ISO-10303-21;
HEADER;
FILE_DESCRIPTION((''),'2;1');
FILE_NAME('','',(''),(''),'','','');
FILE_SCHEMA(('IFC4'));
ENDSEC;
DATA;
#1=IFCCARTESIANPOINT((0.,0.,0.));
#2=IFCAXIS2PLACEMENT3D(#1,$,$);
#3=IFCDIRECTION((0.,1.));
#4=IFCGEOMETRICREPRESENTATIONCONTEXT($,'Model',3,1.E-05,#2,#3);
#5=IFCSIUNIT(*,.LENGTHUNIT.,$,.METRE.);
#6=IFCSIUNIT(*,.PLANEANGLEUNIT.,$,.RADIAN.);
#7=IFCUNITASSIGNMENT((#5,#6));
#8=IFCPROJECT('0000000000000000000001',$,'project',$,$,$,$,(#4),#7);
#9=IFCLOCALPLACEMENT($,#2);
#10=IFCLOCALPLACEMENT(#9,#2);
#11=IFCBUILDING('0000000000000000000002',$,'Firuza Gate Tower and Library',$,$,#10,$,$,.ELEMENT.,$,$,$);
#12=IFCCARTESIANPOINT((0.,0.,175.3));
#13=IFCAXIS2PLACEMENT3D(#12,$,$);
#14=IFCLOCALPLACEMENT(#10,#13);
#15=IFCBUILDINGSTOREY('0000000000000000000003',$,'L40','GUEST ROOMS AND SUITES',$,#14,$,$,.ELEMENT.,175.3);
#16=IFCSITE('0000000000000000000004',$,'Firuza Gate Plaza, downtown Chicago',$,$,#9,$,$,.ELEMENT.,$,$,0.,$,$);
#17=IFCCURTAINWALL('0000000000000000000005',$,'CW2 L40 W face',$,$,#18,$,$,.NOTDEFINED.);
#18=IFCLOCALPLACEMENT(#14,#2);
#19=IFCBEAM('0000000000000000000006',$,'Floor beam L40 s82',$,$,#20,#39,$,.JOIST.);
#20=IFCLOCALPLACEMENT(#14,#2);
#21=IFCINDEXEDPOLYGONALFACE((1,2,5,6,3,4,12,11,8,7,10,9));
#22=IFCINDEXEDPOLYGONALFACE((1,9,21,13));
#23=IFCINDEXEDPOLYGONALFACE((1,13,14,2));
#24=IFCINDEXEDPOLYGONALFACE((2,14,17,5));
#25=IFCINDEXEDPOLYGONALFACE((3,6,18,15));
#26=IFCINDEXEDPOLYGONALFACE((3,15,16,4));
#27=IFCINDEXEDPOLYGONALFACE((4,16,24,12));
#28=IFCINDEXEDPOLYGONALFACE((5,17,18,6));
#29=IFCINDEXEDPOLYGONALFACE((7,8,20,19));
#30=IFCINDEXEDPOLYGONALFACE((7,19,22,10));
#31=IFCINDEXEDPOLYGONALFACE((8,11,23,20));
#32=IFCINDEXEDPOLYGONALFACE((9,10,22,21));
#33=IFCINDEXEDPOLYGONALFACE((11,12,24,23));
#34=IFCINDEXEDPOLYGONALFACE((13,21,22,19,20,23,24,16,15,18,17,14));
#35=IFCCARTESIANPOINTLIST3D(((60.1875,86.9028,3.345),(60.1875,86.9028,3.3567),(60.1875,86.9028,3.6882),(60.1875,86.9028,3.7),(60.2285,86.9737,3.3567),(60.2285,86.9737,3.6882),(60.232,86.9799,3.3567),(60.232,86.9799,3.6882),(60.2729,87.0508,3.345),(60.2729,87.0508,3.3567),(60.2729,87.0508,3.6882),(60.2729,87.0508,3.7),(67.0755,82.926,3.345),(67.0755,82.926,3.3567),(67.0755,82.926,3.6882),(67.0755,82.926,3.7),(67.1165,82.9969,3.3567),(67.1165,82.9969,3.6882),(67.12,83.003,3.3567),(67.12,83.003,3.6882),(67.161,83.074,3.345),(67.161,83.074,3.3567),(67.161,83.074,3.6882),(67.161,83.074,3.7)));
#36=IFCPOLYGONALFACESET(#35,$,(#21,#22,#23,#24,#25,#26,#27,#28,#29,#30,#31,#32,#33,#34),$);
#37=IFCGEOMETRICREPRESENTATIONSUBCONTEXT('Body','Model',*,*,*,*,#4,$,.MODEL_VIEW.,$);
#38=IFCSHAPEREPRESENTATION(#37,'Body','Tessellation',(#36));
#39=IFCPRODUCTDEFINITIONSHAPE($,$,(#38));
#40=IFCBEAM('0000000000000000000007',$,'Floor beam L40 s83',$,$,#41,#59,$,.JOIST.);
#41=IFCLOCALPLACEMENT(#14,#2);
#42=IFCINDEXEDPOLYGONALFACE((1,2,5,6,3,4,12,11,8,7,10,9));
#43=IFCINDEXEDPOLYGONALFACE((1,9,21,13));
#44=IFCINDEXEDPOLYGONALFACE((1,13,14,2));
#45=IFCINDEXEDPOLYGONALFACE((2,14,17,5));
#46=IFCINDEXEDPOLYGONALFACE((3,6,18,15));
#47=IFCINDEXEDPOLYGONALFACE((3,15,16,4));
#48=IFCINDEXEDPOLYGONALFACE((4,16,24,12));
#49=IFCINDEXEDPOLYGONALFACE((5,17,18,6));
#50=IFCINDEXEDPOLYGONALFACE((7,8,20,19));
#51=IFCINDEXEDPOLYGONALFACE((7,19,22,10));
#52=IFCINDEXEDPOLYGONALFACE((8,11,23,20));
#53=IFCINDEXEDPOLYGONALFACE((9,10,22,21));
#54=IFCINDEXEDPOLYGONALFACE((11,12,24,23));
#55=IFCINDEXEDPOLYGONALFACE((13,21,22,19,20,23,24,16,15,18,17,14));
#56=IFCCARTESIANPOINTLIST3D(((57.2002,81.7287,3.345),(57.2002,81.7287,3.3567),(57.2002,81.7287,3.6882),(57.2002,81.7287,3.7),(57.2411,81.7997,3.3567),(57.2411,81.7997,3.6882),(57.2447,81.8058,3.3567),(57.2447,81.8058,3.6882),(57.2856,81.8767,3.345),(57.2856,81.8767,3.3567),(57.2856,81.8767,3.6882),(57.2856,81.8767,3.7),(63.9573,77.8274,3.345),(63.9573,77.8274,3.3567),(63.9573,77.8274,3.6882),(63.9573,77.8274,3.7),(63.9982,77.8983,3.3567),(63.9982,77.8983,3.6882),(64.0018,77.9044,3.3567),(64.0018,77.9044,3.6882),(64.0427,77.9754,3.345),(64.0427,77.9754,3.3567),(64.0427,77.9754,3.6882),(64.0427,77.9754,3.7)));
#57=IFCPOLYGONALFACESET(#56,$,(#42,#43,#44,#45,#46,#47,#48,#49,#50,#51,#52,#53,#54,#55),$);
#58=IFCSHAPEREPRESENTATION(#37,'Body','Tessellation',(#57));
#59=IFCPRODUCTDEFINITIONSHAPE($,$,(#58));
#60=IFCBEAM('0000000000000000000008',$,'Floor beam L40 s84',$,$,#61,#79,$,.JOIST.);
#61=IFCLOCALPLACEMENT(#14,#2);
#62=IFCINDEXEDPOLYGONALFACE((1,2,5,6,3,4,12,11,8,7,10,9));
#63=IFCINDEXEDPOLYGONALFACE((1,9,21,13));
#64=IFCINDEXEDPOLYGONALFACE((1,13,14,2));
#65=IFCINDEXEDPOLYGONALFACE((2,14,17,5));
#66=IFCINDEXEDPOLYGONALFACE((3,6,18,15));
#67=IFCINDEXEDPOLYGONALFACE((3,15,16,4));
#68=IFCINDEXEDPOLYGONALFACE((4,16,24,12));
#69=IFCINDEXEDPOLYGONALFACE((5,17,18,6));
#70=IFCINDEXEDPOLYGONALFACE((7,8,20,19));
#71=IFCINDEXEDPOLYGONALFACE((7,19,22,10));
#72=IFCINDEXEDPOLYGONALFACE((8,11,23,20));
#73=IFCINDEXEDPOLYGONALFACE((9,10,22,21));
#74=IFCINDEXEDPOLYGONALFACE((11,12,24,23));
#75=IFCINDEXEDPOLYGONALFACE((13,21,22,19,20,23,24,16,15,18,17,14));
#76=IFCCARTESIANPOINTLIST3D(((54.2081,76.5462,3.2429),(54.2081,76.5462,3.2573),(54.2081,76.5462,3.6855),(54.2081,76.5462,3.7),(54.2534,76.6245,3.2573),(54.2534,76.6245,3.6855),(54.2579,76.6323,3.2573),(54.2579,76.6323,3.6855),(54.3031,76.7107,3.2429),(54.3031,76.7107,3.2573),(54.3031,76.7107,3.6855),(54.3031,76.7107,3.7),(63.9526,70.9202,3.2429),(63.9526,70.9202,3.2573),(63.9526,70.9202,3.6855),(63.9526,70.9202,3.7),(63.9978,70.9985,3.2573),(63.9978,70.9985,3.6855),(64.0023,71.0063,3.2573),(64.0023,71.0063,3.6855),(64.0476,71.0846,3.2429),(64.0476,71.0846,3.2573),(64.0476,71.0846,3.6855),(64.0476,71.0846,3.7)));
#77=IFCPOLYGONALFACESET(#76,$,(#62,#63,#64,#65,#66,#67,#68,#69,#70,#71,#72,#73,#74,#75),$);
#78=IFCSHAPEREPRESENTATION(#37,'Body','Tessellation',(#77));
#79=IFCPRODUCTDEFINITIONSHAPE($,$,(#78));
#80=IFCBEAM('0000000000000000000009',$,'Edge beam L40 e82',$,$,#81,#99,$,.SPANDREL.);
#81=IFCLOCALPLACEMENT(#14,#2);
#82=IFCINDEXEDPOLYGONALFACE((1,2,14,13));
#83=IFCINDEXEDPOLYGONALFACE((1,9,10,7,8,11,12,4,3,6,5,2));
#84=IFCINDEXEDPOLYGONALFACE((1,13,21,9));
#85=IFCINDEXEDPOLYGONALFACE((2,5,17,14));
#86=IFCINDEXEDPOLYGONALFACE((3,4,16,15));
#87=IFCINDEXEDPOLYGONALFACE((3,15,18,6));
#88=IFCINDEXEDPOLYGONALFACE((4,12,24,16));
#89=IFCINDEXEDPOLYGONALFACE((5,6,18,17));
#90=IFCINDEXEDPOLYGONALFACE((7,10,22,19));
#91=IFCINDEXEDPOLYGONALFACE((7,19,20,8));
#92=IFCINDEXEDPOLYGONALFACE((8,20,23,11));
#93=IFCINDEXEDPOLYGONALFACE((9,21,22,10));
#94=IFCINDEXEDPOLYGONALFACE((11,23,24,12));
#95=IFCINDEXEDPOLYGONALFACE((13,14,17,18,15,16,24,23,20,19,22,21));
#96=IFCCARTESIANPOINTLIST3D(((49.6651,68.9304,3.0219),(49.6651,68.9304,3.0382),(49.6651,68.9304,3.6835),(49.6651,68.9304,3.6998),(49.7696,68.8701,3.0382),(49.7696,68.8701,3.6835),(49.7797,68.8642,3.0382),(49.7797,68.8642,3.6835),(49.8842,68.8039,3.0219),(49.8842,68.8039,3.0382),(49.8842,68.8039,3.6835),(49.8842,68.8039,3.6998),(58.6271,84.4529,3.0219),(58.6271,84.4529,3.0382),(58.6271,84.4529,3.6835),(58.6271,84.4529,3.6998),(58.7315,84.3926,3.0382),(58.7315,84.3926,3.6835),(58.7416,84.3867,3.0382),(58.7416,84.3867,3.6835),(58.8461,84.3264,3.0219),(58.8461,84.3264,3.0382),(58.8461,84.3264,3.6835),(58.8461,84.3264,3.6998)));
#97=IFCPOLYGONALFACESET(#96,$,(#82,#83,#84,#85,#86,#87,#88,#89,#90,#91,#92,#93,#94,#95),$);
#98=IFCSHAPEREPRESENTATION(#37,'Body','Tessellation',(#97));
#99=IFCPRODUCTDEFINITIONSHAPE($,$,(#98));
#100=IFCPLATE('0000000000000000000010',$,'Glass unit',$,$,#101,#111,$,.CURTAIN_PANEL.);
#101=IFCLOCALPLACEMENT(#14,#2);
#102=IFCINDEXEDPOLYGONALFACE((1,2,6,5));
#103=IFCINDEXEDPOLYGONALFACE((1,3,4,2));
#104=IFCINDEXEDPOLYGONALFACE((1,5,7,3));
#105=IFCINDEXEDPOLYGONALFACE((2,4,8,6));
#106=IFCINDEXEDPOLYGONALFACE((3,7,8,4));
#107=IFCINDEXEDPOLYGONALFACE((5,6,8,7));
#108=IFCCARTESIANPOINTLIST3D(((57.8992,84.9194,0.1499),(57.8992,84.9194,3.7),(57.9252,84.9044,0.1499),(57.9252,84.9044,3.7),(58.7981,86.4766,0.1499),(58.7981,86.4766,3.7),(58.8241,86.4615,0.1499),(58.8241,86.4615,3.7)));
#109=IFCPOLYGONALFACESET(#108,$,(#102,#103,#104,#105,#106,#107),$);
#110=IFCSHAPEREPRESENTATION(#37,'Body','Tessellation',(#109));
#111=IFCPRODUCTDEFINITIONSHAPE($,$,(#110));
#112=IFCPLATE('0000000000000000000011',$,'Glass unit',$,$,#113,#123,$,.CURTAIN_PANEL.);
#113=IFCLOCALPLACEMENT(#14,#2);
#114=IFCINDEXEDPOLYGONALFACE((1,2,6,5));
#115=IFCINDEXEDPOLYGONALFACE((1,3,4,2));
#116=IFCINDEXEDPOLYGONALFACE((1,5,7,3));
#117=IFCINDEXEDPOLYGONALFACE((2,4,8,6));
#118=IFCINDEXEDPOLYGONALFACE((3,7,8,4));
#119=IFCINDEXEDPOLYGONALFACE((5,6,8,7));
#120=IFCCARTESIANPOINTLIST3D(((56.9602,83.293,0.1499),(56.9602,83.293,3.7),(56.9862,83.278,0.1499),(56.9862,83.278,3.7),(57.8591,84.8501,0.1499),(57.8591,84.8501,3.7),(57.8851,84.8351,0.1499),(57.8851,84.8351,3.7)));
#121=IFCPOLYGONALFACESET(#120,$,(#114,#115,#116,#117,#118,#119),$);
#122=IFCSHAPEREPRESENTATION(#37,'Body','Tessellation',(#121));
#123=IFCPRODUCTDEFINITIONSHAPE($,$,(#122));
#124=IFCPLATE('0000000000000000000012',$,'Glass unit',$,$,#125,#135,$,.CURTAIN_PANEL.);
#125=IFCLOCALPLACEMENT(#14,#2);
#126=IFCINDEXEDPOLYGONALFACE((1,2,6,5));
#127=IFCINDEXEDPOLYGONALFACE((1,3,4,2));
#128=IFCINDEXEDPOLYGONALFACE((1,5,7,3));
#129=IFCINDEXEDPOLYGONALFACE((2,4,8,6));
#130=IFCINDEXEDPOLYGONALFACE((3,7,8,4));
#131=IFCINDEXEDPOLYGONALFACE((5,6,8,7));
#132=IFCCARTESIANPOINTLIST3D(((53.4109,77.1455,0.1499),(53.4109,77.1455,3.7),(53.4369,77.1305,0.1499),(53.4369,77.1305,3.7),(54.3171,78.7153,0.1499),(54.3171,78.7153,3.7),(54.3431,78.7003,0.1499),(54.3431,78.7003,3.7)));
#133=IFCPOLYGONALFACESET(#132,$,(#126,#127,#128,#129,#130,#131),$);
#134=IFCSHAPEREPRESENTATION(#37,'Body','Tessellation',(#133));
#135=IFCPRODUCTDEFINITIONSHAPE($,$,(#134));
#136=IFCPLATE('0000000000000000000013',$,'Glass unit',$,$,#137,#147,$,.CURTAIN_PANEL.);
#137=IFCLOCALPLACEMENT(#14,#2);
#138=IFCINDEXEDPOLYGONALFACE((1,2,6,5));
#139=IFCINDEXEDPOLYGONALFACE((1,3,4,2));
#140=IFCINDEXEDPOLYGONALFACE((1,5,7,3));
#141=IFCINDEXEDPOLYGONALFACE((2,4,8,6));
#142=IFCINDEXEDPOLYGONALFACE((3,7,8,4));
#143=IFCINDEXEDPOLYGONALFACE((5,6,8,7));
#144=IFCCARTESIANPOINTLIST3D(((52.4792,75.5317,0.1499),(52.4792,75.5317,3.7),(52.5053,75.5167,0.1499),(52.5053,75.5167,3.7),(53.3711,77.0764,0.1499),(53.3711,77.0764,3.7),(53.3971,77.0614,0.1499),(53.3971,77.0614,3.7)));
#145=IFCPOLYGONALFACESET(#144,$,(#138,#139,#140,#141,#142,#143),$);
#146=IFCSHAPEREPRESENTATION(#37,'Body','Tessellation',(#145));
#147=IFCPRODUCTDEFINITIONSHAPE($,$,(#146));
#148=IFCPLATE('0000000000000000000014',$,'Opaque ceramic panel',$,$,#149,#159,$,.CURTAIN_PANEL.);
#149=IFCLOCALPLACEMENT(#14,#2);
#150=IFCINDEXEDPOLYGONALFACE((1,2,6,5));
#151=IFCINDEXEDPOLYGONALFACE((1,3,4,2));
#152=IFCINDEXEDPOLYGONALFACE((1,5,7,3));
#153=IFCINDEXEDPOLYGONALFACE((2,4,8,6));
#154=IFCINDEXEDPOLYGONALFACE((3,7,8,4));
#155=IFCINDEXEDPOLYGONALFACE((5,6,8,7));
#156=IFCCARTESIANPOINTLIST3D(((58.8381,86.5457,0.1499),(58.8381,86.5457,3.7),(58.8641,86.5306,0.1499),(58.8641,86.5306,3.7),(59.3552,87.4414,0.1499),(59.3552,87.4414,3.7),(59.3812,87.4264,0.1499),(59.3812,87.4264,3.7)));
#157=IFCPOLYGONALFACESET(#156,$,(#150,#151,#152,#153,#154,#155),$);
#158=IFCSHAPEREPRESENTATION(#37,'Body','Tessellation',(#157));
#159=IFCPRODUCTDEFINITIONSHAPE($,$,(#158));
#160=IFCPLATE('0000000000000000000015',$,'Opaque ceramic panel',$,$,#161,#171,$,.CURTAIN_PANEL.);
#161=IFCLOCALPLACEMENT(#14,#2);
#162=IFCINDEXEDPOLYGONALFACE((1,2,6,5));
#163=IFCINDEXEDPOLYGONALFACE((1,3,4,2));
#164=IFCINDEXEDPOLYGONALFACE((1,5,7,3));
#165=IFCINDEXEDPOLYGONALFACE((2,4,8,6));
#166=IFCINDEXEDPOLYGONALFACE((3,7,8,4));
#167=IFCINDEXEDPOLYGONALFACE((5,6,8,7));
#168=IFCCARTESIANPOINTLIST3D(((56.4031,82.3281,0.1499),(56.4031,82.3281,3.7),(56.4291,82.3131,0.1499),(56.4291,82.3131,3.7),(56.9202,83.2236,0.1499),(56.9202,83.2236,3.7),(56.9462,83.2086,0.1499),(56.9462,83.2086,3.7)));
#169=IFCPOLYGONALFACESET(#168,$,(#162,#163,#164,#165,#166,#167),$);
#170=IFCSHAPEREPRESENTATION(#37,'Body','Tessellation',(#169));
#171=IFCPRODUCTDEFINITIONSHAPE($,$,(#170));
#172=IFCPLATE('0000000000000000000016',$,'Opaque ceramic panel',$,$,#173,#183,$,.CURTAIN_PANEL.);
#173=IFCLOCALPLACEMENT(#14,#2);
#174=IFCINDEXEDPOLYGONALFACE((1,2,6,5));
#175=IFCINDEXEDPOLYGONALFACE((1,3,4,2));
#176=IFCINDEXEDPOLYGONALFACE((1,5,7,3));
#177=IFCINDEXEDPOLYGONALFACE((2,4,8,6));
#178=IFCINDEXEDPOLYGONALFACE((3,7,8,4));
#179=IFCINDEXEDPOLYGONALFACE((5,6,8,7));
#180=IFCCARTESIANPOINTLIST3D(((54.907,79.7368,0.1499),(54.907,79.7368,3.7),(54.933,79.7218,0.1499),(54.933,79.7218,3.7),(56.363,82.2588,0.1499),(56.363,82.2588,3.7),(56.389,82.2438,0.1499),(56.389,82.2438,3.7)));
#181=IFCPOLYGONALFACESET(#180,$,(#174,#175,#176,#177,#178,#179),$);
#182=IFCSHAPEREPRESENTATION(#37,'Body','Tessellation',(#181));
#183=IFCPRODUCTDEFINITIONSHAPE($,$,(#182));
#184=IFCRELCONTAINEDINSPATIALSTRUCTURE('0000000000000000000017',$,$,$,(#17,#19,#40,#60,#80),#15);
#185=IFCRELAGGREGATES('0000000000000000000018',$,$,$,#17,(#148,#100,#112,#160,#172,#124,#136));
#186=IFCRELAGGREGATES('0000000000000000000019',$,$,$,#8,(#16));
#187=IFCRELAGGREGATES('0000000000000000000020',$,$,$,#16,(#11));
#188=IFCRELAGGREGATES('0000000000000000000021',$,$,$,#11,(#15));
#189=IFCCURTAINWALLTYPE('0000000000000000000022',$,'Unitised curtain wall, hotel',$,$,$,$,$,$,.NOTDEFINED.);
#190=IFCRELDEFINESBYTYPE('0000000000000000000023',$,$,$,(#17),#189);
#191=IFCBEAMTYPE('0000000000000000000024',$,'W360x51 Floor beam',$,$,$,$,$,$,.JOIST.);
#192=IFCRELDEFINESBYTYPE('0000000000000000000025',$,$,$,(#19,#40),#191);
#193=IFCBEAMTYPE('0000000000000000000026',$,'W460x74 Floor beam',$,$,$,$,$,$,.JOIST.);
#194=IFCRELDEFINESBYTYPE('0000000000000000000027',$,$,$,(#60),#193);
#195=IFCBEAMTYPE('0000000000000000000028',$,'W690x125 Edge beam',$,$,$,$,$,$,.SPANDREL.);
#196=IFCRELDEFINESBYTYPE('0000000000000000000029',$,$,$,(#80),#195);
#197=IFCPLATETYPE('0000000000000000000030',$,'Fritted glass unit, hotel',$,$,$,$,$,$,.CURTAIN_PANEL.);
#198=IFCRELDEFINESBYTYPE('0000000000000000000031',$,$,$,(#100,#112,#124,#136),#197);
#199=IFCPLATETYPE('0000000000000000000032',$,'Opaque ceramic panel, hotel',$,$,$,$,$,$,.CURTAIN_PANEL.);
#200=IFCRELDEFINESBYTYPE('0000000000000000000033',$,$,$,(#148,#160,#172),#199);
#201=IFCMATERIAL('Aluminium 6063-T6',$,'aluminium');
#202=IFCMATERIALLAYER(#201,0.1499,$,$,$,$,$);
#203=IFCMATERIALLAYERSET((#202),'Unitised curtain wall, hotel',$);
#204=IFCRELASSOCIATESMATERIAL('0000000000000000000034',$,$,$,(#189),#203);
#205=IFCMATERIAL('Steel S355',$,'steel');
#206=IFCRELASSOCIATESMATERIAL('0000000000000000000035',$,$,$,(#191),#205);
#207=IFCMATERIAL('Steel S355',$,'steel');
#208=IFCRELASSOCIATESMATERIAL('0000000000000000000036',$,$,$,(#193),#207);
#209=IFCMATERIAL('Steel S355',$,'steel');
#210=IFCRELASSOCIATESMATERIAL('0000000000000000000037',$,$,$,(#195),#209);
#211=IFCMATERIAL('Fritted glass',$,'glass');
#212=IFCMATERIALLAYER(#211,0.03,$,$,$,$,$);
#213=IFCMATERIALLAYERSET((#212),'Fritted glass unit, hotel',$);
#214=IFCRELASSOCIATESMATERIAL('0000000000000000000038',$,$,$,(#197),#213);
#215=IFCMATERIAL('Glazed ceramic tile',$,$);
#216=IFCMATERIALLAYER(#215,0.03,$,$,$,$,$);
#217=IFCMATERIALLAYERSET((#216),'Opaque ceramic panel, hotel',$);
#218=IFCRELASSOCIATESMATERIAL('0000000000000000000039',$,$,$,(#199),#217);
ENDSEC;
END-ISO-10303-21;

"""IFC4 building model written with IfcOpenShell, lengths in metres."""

from ifc_helpers import new_model, si_unit, direction, frame, origin, origin_2d, place, context, subcontext, project, spatial, polyline, i_section, outline, extrude, material, layer, layer_set, material_profile, profile_set, type_object, element, aggregate, save


model = new_model("IFC4")

# Units and contexts
model_context = context("Model", 3, precision=1e-05, world=origin(), true_north=direction((0.0, 1.0)))
body_context = subcontext(model_context, "Body", "Model", "MODEL_VIEW")
ifc_project = project(units=[si_unit("LENGTHUNIT", "METRE"), si_unit("PLANEANGLEUNIT", "RADIAN")], contexts=[model_context])

# Site, building, storey
site_placement = place(None, origin())
site = spatial("IfcSite", under=ifc_project, at=site_placement, Name="Firuza Gate Plaza, downtown Chicago", CompositionType="ELEMENT", RefElevation=0.0)
building_placement = place(site_placement, origin())
building = spatial("IfcBuilding", under=site, at=building_placement, Name="Firuza Gate Tower and Library", CompositionType="ELEMENT")
storey_placement = place(building_placement, frame((0.0, 0.0, 175.3)))
storey = spatial("IfcBuildingStorey", under=building, at=storey_placement, Name="L40", Description="GUEST ROOMS AND SUITES", CompositionType="ELEMENT", Elevation=175.3)

# Curtain wall
ifc_material_1 = material(Name="Aluminium 6063-T6", Category="aluminium")
ifc_layer_1 = layer(ifc_material_1, 0.1499)
ifc_layer_set_1 = layer_set([ifc_layer_1], Name="Unitised curtain wall, hotel")
curtain_wall_type = type_object("IfcCurtainWallType", Name="Unitised curtain wall, hotel", PredefinedType="NOTDEFINED", material=ifc_layer_set_1)
curtain_wall_placement = place(storey_placement, origin())
curtain_wall = element("IfcCurtainWall", 1, at=curtain_wall_placement, inside=storey, type_object=curtain_wall_type, Name="CW2 L40 W face", PredefinedType="NOTDEFINED")

# Beams
ifc_material_2 = material(Name="Steel S355", Category="steel")
ifc_material_profile_1 = material_profile(ifc_material_2, i_section(OverallWidth=0.1709, OverallDepth=0.355, WebThickness=0.0071, FlangeThickness=0.0117, at=origin_2d()))
ifc_profile_set_1 = profile_set([ifc_material_profile_1], Name="Steel S355")
beam_type_1 = type_object("IfcBeamType", Name="W360x51 Floor beam", PredefinedType="JOIST", material=ifc_profile_set_1)
beam_1_placement = place(storey_placement, frame((60.2302, 86.9768, 3.5225), z_axis=(0.866023, -0.500005, 0.0), x_axis=(0.500005, 0.866023, 0.0)))
element("IfcBeam", 2, at=beam_1_placement, inside=storey, type_object=beam_type_1, Name="Floor beam L40 s82", PredefinedType="JOIST", context=body_context, shape_type="SweptSolid", body=[
    extrude(i_section(OverallWidth=0.1709, OverallDepth=0.355, WebThickness=0.0071, FlangeThickness=0.0117, at=origin_2d()), origin(), (0.0, 0.0, 1.0), 7.9536),
])
beam_2_placement = place(storey_placement, frame((57.2429, 81.8027, 3.5225), z_axis=(0.866016, -0.500016, 0.0), x_axis=(0.500016, 0.866016, 0.0)))
element("IfcBeam", 3, at=beam_2_placement, inside=storey, type_object=beam_type_1, Name="Floor beam L40 s83", PredefinedType="JOIST", context=body_context, shape_type="SweptSolid", body=[
    extrude(i_section(OverallWidth=0.1709, OverallDepth=0.355, WebThickness=0.0071, FlangeThickness=0.0117, at=origin_2d()), origin(), (0.0, 0.0, 1.0), 7.8025),
])
ifc_material_3 = material(Name="Steel S355", Category="steel")
ifc_material_profile_2 = material_profile(ifc_material_3, i_section(OverallWidth=0.1899, OverallDepth=0.457, WebThickness=0.009, FlangeThickness=0.0144, at=origin_2d()))
ifc_profile_set_2 = profile_set([ifc_material_profile_2], Name="Steel S355")
beam_type_2 = type_object("IfcBeamType", Name="W460x74 Floor beam", PredefinedType="JOIST", material=ifc_profile_set_2)
beam_3_placement = place(storey_placement, frame((54.2556, 76.6284, 3.4714), z_axis=(0.866023, -0.500004, 0.0), x_axis=(0.500004, 0.866023, 0.0)))
element("IfcBeam", 4, at=beam_3_placement, inside=storey, type_object=beam_type_2, Name="Floor beam L40 s84", PredefinedType="JOIST", context=body_context, shape_type="SweptSolid", body=[
    extrude(i_section(OverallWidth=0.1899, OverallDepth=0.457, WebThickness=0.009, FlangeThickness=0.0144, at=origin_2d()), origin(), (0.0, 0.0, 1.0), 11.252),
])
ifc_material_4 = material(Name="Steel S355", Category="steel")
ifc_material_profile_3 = material_profile(ifc_material_4, i_section(OverallWidth=0.2529, OverallDepth=0.678, WebThickness=0.0117, FlangeThickness=0.0164, at=origin_2d()))
ifc_profile_set_3 = profile_set([ifc_material_profile_3], Name="Steel S355")
beam_type_3 = type_object("IfcBeamType", Name="W690x125 Edge beam", PredefinedType="SPANDREL", material=ifc_profile_set_3)
beam_4_placement = place(storey_placement, frame((58.7366, 84.3896, 3.3608), z_axis=(-0.500001, -0.866025, 0.0), x_axis=(0.866025, -0.500001, 0.0)))
element("IfcBeam", 5, at=beam_4_placement, inside=storey, type_object=beam_type_3, Name="Edge beam L40 e82", PredefinedType="SPANDREL", context=body_context, shape_type="SweptSolid", body=[
    extrude(i_section(OverallWidth=0.2529, OverallDepth=0.678, WebThickness=0.0117, FlangeThickness=0.0164, at=origin_2d()), origin(), (0.0, 0.0, 1.0), 17.9238),
])

# Plates
ifc_material_5 = material(Name="Fritted glass", Category="glass")
ifc_layer_2 = layer(ifc_material_5, 0.03)
ifc_layer_set_2 = layer_set([ifc_layer_2], Name="Fritted glass unit, hotel")
plate_type_1 = type_object("IfcPlateType", Name="Fritted glass unit, hotel", PredefinedType="CURTAIN_PANEL", material=ifc_layer_set_2)
plate_1_placement = place(storey_placement, frame((58.7981, 86.4766, 0.1499), z_axis=(-0.866045, 0.499965, 0.0), x_axis=(-0.499965, -0.866045, 0.0)))
plate_1 = element("IfcPlate", 6, at=plate_1_placement, type_object=plate_type_1, Name="Glass unit", PredefinedType="CURTAIN_PANEL", context=body_context, shape_type="SweptSolid", body=[
    extrude(outline(polyline([(0.0, 0.0), (1.798, 0.0), (1.798, 3.55), (0.0, 3.55), (0.0, 0.0)])), origin(), (0.0, 0.0, -1.0), 0.03),
])
plate_2_placement = place(storey_placement, frame((57.8591, 84.8501, 0.1499), z_axis=(-0.866045, 0.499965, 0.0), x_axis=(-0.499965, -0.866045, 0.0)))
plate_2 = element("IfcPlate", 7, at=plate_2_placement, type_object=plate_type_1, Name="Glass unit", PredefinedType="CURTAIN_PANEL", context=body_context, shape_type="SweptSolid", body=[
    extrude(outline(polyline([(0.0, 0.0), (1.798, 0.0), (1.798, 3.55), (0.0, 3.55), (0.0, 0.0)])), origin(), (0.0, 0.0, -1.0), 0.03),
])
plate_3_placement = place(storey_placement, frame((54.3171, 78.7153, 0.1499), z_axis=(-0.866047, 0.499963, 0.0), x_axis=(-0.499963, -0.866047, 0.0)))
plate_3 = element("IfcPlate", 8, at=plate_3_placement, type_object=plate_type_1, Name="Glass unit", PredefinedType="CURTAIN_PANEL", context=body_context, shape_type="SweptSolid", body=[
    extrude(outline(polyline([(0.0, 0.0), (1.8126, 0.0), (1.8126, 3.55), (0.0, 3.55), (0.0, 0.0)])), origin(), (0.0, 0.0, -1.0), 0.03),
])
plate_4_placement = place(storey_placement, frame((53.3711, 77.0764, 0.1499), z_axis=(-0.866019, 0.500011, 0.0), x_axis=(-0.500011, -0.866019, 0.0)))
plate_4 = element("IfcPlate", 9, at=plate_4_placement, type_object=plate_type_1, Name="Glass unit", PredefinedType="CURTAIN_PANEL", context=body_context, shape_type="SweptSolid", body=[
    extrude(outline(polyline([(0.0, 0.0), (1.7837, 0.0), (1.7837, 3.55), (0.0, 3.55), (0.0, 0.0)])), origin(), (0.0, 0.0, -1.0), 0.03),
])
ifc_material_6 = material(Name="Glazed ceramic tile")
ifc_layer_3 = layer(ifc_material_6, 0.03)
ifc_layer_set_3 = layer_set([ifc_layer_3], Name="Opaque ceramic panel, hotel")
plate_type_2 = type_object("IfcPlateType", Name="Opaque ceramic panel, hotel", PredefinedType="CURTAIN_PANEL", material=ifc_layer_set_3)
plate_5_placement = place(storey_placement, frame((59.3552, 87.4414, 0.1499), z_axis=(-0.866056, 0.499947, 0.0), x_axis=(-0.499947, -0.866056, 0.0)))
plate_5 = element("IfcPlate", 10, at=plate_5_placement, type_object=plate_type_2, Name="Opaque ceramic panel", PredefinedType="CURTAIN_PANEL", context=body_context, shape_type="SweptSolid", body=[
    extrude(outline(polyline([(0.0, 0.0), (1.0343, 0.0), (1.0343, 3.55), (0.0, 3.55), (0.0, 0.0)])), origin(), (0.0, 0.0, -1.0), 0.03),
])
plate_6_placement = place(storey_placement, frame((56.9202, 83.2236, 0.1499), z_axis=(-0.865997, 0.500049, 0.0), x_axis=(-0.500049, -0.865997, 0.0)))
plate_6 = element("IfcPlate", 11, at=plate_6_placement, type_object=plate_type_2, Name="Opaque ceramic panel", PredefinedType="CURTAIN_PANEL", context=body_context, shape_type="SweptSolid", body=[
    extrude(outline(polyline([(0.0, 0.0), (1.0341, 0.0), (1.0341, 3.55), (0.0, 3.55), (0.0, 0.0)])), origin(), (0.0, 0.0, -1.0), 0.03),
])
plate_7_placement = place(storey_placement, frame((56.363, 82.2588, 0.1499), z_axis=(-0.866026, 0.499998, 0.0), x_axis=(-0.499998, -0.866026, 0.0)))
plate_7 = element("IfcPlate", 12, at=plate_7_placement, type_object=plate_type_2, Name="Opaque ceramic panel", PredefinedType="CURTAIN_PANEL", context=body_context, shape_type="SweptSolid", body=[
    extrude(outline(polyline([(0.0, 0.0), (2.9121, 0.0), (2.9121, 3.55), (0.0, 3.55), (0.0, 0.0)])), origin(), (0.0, 0.0, -1.0), 0.03),
])
aggregate(curtain_wall, [plate_5, plate_1, plate_2, plate_6, plate_7, plate_3, plate_4])

save(model, "model.ifc")
